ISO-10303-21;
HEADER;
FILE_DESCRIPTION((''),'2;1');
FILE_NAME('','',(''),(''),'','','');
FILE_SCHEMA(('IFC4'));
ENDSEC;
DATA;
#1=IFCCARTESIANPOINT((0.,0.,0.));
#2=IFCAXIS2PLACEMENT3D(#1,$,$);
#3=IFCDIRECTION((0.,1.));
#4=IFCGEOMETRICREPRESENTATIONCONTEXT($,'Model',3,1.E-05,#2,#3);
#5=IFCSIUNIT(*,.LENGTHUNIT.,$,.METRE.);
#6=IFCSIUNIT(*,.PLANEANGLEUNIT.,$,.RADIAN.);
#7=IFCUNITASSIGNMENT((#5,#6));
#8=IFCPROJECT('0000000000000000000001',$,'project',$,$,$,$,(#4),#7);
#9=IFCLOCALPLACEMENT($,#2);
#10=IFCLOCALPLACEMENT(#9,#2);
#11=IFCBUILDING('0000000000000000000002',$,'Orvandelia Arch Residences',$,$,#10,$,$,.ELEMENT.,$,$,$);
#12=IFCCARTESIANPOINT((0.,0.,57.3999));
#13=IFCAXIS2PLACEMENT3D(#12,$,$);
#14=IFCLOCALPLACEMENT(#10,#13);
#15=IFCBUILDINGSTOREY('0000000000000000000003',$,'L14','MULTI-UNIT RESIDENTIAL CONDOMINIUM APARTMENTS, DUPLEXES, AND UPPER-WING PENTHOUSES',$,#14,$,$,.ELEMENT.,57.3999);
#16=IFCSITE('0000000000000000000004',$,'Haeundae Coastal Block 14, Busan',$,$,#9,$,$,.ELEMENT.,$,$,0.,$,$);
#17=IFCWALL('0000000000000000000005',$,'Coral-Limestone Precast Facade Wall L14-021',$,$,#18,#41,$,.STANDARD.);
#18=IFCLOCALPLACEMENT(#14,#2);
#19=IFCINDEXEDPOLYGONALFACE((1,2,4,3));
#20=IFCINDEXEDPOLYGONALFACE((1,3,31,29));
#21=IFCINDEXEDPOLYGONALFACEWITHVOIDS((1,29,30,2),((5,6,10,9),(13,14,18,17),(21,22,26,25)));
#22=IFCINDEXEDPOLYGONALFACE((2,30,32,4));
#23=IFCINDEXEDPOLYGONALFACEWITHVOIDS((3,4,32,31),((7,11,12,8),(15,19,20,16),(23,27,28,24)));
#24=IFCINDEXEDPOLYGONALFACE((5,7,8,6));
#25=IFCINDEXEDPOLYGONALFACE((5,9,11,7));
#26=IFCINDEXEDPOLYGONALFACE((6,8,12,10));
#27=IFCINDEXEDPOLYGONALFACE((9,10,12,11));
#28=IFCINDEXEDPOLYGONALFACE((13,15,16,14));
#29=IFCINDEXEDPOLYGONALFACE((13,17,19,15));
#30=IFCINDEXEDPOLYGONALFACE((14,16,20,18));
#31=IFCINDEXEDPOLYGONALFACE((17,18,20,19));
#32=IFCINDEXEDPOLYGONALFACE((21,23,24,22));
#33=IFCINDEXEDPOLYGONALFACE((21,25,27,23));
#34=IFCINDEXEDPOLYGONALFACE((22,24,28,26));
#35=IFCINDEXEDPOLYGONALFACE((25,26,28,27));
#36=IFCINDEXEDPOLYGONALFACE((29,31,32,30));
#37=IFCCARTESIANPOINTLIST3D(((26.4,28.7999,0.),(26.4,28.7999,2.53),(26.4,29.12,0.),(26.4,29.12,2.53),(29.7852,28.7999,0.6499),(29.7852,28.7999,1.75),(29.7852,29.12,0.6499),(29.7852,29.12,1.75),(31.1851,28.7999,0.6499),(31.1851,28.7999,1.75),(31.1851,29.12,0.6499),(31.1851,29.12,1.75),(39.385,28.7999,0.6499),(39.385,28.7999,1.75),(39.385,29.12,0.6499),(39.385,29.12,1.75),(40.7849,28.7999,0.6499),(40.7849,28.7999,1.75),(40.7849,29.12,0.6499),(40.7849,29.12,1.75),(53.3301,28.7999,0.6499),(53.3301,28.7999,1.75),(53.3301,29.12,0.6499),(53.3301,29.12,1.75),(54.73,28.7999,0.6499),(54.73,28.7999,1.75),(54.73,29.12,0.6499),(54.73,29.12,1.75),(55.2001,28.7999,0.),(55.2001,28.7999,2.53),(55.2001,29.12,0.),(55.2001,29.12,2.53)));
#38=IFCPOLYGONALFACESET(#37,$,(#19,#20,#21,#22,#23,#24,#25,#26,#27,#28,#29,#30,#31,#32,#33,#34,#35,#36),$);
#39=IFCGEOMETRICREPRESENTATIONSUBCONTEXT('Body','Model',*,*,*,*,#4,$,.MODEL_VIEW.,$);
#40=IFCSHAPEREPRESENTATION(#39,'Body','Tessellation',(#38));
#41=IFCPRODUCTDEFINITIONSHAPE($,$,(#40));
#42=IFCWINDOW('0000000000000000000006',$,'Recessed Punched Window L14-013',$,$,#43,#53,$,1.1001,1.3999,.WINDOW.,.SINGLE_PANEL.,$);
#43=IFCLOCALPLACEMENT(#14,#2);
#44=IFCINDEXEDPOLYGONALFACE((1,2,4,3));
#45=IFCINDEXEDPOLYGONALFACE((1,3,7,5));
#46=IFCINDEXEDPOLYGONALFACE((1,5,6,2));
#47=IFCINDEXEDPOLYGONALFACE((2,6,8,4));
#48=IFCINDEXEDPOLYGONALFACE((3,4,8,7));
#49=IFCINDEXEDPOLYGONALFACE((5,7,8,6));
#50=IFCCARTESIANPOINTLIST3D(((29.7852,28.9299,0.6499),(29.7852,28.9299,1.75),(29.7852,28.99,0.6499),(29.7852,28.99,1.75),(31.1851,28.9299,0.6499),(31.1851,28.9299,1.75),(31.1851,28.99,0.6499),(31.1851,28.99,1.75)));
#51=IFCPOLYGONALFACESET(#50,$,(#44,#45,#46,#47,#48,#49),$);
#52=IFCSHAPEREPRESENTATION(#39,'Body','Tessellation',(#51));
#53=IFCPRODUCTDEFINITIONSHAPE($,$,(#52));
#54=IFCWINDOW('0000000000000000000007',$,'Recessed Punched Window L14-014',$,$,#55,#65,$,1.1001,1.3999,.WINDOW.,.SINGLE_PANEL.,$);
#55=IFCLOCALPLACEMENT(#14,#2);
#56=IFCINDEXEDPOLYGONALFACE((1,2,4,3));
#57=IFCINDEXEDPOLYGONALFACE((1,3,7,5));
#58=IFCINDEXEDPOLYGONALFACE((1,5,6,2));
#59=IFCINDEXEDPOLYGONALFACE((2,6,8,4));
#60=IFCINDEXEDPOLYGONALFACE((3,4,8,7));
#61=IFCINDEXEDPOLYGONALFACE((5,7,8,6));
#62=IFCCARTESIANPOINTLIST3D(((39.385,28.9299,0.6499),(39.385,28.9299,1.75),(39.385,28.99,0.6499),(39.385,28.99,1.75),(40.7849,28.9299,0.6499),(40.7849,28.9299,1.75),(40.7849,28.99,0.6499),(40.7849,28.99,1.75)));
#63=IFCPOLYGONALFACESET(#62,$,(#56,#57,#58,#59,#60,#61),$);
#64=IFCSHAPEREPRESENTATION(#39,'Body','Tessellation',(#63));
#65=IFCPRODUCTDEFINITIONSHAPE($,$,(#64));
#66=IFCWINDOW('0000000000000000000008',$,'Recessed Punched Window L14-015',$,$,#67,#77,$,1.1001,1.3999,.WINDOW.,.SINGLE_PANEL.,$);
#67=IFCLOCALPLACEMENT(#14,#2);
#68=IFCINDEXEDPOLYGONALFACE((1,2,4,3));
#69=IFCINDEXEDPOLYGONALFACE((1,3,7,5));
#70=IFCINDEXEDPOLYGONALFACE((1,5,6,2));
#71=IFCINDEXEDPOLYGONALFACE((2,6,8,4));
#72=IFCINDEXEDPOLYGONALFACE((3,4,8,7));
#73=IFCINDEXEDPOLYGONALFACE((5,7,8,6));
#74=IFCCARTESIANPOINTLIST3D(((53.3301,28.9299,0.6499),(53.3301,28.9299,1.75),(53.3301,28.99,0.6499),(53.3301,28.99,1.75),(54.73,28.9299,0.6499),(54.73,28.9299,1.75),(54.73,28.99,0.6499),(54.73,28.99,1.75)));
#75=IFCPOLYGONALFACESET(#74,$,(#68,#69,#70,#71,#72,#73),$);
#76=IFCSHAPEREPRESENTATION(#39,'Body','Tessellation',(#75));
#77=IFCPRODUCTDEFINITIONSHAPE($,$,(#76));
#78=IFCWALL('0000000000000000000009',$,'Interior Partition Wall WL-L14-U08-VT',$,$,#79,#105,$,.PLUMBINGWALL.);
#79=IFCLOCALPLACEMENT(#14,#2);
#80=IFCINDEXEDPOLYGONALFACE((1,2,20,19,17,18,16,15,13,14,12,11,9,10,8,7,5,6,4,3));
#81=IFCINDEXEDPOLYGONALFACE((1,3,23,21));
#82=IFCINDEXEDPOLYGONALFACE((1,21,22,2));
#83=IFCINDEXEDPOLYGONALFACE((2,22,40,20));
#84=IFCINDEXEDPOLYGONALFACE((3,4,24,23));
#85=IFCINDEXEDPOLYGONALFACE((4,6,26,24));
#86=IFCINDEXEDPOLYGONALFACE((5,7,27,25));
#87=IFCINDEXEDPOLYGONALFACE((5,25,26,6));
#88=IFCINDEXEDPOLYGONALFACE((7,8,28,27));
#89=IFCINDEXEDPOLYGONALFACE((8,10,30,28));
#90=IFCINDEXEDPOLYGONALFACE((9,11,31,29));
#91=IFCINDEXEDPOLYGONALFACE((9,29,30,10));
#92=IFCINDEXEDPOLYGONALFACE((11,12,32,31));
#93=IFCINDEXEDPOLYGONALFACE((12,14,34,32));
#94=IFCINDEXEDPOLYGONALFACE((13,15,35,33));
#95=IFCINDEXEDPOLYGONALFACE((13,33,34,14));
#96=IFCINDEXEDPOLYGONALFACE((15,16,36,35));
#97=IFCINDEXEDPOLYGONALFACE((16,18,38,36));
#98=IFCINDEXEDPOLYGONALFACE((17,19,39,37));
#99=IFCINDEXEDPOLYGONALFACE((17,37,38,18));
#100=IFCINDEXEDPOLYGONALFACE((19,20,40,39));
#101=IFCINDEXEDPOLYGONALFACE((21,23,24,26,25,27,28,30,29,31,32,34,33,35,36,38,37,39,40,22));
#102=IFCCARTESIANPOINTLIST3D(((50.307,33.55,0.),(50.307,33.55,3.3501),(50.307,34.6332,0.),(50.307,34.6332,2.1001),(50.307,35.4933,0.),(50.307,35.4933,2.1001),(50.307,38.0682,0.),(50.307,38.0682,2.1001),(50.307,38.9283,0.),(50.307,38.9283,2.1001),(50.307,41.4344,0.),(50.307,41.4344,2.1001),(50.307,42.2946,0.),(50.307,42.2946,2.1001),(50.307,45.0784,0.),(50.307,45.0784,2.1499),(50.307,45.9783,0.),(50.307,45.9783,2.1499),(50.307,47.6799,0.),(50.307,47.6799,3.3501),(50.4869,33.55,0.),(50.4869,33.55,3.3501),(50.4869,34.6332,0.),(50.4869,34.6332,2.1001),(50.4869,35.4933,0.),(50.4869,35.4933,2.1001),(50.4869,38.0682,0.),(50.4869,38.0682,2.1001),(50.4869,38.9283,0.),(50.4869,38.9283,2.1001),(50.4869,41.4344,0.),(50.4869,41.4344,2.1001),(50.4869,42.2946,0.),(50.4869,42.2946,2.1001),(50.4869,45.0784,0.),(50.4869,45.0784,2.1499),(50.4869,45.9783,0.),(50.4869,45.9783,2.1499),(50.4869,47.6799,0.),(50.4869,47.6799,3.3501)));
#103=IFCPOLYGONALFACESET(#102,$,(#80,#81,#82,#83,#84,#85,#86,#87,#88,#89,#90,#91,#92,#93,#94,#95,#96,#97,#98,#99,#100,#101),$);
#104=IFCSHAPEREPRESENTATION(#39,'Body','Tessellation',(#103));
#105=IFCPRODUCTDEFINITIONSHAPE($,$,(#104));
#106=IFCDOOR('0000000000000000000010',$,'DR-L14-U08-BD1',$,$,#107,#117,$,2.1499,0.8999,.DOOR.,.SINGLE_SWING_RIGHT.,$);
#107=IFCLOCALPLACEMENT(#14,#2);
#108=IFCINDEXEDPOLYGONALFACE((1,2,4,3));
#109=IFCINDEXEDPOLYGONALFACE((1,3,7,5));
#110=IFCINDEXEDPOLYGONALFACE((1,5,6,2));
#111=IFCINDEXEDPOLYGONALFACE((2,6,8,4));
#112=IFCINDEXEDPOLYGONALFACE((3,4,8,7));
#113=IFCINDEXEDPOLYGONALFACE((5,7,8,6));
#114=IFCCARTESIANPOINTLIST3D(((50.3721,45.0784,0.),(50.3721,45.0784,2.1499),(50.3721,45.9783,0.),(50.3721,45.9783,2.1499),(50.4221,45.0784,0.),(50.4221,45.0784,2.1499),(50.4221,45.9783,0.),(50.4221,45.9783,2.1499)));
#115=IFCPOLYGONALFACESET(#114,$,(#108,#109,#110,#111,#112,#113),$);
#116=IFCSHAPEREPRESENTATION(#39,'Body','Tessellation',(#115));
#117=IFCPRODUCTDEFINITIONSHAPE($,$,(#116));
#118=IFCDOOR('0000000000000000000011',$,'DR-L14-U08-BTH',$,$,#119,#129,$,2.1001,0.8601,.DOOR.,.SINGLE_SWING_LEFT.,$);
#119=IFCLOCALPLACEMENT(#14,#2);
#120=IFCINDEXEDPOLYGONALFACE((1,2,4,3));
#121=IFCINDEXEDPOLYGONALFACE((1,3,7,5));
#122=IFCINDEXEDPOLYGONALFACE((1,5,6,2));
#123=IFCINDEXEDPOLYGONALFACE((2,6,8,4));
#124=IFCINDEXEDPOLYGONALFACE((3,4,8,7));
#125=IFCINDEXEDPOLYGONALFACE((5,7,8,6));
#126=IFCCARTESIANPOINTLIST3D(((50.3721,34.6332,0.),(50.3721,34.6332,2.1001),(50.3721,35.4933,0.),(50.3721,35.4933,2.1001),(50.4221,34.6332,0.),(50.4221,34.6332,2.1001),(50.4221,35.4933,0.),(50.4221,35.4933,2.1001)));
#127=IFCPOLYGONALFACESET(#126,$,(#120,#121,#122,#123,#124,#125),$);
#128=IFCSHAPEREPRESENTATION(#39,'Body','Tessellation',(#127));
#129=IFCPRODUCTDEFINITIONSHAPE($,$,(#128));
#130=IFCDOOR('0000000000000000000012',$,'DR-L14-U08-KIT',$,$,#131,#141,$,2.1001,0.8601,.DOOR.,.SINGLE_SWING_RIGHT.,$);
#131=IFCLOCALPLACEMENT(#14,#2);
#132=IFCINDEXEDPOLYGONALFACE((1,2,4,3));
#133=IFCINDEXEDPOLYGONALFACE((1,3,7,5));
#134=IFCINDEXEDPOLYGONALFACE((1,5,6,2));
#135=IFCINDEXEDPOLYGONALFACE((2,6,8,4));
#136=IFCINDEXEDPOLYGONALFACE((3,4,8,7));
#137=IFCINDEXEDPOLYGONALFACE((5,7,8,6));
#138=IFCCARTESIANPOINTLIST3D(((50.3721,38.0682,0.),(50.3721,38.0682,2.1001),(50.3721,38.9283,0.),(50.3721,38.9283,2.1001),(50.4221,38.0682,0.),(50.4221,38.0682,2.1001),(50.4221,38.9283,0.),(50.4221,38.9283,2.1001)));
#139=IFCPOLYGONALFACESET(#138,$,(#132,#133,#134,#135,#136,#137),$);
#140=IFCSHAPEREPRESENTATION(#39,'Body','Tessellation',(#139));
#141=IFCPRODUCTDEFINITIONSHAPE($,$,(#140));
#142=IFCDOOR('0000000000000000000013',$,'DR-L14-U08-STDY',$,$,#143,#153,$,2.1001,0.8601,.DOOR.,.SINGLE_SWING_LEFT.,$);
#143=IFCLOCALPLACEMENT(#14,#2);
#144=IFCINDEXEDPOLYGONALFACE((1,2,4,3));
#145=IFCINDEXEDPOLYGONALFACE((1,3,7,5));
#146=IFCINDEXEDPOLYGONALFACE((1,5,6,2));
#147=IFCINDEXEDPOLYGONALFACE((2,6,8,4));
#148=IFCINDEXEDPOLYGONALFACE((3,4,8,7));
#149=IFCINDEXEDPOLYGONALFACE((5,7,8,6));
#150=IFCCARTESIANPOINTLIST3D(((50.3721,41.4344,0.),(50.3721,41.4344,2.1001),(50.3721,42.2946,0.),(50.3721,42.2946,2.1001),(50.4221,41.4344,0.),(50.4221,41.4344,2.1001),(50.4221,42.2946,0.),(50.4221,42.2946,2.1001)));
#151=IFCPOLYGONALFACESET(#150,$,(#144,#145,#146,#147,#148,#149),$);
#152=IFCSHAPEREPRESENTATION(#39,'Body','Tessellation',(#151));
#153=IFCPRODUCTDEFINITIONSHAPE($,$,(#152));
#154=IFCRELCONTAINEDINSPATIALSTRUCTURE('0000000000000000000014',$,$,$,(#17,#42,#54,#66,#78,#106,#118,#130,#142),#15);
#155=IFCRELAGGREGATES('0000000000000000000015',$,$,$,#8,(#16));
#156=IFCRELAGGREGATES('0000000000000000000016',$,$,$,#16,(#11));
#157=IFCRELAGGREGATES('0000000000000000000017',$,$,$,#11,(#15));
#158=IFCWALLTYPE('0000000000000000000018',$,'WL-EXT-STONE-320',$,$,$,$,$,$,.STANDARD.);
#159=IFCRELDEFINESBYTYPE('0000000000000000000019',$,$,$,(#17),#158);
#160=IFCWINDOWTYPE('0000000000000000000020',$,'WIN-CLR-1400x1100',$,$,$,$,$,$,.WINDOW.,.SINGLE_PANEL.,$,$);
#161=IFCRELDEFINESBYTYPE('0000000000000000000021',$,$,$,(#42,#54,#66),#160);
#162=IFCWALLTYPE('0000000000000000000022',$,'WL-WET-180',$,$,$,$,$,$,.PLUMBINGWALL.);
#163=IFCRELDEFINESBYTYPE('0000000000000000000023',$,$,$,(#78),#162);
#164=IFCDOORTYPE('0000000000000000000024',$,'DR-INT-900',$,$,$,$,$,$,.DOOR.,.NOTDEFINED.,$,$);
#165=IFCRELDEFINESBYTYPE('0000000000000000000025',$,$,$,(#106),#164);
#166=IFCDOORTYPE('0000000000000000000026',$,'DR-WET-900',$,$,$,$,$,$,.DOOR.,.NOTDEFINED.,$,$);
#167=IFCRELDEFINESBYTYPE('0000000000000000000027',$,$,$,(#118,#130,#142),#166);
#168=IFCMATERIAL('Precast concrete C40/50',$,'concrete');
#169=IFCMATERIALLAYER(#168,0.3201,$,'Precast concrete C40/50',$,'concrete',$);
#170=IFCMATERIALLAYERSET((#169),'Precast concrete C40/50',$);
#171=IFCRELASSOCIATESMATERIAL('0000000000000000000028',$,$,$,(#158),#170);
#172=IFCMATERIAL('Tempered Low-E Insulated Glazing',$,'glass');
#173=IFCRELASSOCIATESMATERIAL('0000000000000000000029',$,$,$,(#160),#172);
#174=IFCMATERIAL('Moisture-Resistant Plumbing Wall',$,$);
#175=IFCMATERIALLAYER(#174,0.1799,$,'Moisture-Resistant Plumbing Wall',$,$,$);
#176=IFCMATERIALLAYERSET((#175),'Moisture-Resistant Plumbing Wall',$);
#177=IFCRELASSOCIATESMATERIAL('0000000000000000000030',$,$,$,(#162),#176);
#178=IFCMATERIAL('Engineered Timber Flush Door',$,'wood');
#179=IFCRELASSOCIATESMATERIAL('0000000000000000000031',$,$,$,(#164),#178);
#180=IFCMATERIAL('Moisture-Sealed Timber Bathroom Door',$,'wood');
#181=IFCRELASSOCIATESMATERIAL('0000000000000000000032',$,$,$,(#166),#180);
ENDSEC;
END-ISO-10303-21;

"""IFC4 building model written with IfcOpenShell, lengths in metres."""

from ifc_helpers import new_model, si_unit, direction, frame, frame_2d, origin, place, context, subcontext, project, spatial, rectangle, extrude, material, layer, layer_set, type_object, element, fill, save


model = new_model("IFC4")

# Units and contexts
model_context = context("Model", 3, precision=1e-05, world=origin(), true_north=direction((0.0, 1.0)))
body_context = subcontext(model_context, "Body", "Model", "MODEL_VIEW")
ifc_project = project(units=[si_unit("LENGTHUNIT", "METRE"), si_unit("PLANEANGLEUNIT", "RADIAN")], contexts=[model_context])

# Site, building, storey
site_placement = place(None, origin())
site = spatial("IfcSite", under=ifc_project, at=site_placement, Name="Haeundae Coastal Block 14, Busan", CompositionType="ELEMENT", RefElevation=0.0)
building_placement = place(site_placement, origin())
building = spatial("IfcBuilding", under=site, at=building_placement, Name="Orvandelia Arch Residences", CompositionType="ELEMENT")
storey_placement = place(building_placement, frame((0.0, 0.0, 57.3999)))
storey = spatial("IfcBuildingStorey", under=building, at=storey_placement, Name="L14", Description="MULTI-UNIT RESIDENTIAL CONDOMINIUM APARTMENTS, DUPLEXES, AND UPPER-WING PENTHOUSES", CompositionType="ELEMENT", Elevation=57.3999)

# Shared definitions
ifc_material_1 = material(Name="Precast concrete C40/50", Category="concrete")
ifc_layer_1 = layer(ifc_material_1, 0.3201, Name="Precast concrete C40/50", Category="concrete")
ifc_layer_set_1 = layer_set([ifc_layer_1], Name="Precast concrete C40/50")
wall_type_1 = type_object("IfcWallType", Name="WL-EXT-STONE-320", PredefinedType="STANDARD", material=ifc_layer_set_1)

# Wall, openings, windows
wall_1_placement = place(storey_placement, frame((55.2, 28.96, 0.0), z_axis=(0.0, 0.0, 1.0), x_axis=(-1.0, 0.0, 0.0)))
wall_1 = element("IfcWall", 1, at=wall_1_placement, inside=storey, type_object=wall_type_1, Name="Coral-Limestone Precast Facade Wall L14-021", PredefinedType="STANDARD", context=body_context, shape_type="SweptSolid", body=[
    extrude(rectangle(XDim=28.8, YDim=0.3201, at=frame_2d((14.3999, 0.0))), origin(), (0.0, 0.0, 1.0), 2.53),
])
opening_1_placement = place(wall_1_placement, frame((24.0149, 0.0, 0.6499)))
opening_1 = element("IfcOpeningElement", 2, at=opening_1_placement, cuts=wall_1, PredefinedType="OPENING", context=body_context, shape_type="SweptSolid", body=[
    extrude(rectangle(XDim=1.3999, YDim=1.1001, at=frame_2d((0.7, 0.55))), frame((0.0, 0.1699, 0.0), z_axis=(0.0, -1.0, 0.0), x_axis=(1.0, 0.0, 0.0)), (0.0, 0.0, 1.0), 0.3401),
])
opening_2_placement = place(wall_1_placement, frame((14.415, 0.0, 0.6499)))
opening_2 = element("IfcOpeningElement", 3, at=opening_2_placement, cuts=wall_1, PredefinedType="OPENING", context=body_context, shape_type="SweptSolid", body=[
    extrude(rectangle(XDim=1.3999, YDim=1.1001, at=frame_2d((0.7, 0.55))), frame((0.0, 0.1699, 0.0), z_axis=(0.0, -1.0, 0.0), x_axis=(1.0, 0.0, 0.0)), (0.0, 0.0, 1.0), 0.3401),
])
opening_3_placement = place(wall_1_placement, frame((0.47, 0.0, 0.6499)))
opening_3 = element("IfcOpeningElement", 4, at=opening_3_placement, cuts=wall_1, PredefinedType="OPENING", context=body_context, shape_type="SweptSolid", body=[
    extrude(rectangle(XDim=1.3999, YDim=1.1001, at=frame_2d((0.7, 0.55))), frame((0.0, 0.1699, 0.0), z_axis=(0.0, -1.0, 0.0), x_axis=(1.0, 0.0, 0.0)), (0.0, 0.0, 1.0), 0.3401),
])
ifc_material_2 = material(Name="Tempered Low-E Insulated Glazing", Category="glass")
window_type = type_object("IfcWindowType", Name="WIN-CLR-1400x1100", PartitioningType="SINGLE_PANEL", PredefinedType="WINDOW", material=ifc_material_2)
window_1_placement = place(opening_1_placement, origin())
window_1 = element("IfcWindow", 5, at=window_1_placement, inside=storey, type_object=window_type, Name="Recessed Punched Window L14-013", OverallHeight=1.1001, OverallWidth=1.3999, PartitioningType="SINGLE_PANEL", PredefinedType="WINDOW", context=body_context, shape_type="SweptSolid", body=[
    extrude(rectangle(XDim=1.3999, YDim=1.1001, at=frame_2d((0.7, 0.55))), frame((0.0, 0.03, 0.0), z_axis=(0.0, -1.0, 0.0), x_axis=(1.0, 0.0, 0.0)), (0.0, 0.0, 1.0), 0.0601),
])
fill(opening_1, window_1)
window_2_placement = place(opening_2_placement, origin())
window_2 = element("IfcWindow", 6, at=window_2_placement, inside=storey, type_object=window_type, Name="Recessed Punched Window L14-014", OverallHeight=1.1001, OverallWidth=1.3999, PartitioningType="SINGLE_PANEL", PredefinedType="WINDOW", context=body_context, shape_type="SweptSolid", body=[
    extrude(rectangle(XDim=1.3999, YDim=1.1001, at=frame_2d((0.7, 0.55))), frame((0.0, 0.03, 0.0), z_axis=(0.0, -1.0, 0.0), x_axis=(1.0, 0.0, 0.0)), (0.0, 0.0, 1.0), 0.0601),
])
fill(opening_2, window_2)
window_3_placement = place(opening_3_placement, origin())
window_3 = element("IfcWindow", 7, at=window_3_placement, inside=storey, type_object=window_type, Name="Recessed Punched Window L14-015", OverallHeight=1.1001, OverallWidth=1.3999, PartitioningType="SINGLE_PANEL", PredefinedType="WINDOW", context=body_context, shape_type="SweptSolid", body=[
    extrude(rectangle(XDim=1.3999, YDim=1.1001, at=frame_2d((0.7, 0.55))), frame((0.0, 0.03, 0.0), z_axis=(0.0, -1.0, 0.0), x_axis=(1.0, 0.0, 0.0)), (0.0, 0.0, 1.0), 0.0601),
])
fill(opening_3, window_3)

# Wall, openings, doors
ifc_material_3 = material(Name="Moisture-Resistant Plumbing Wall")
ifc_layer_2 = layer(ifc_material_3, 0.1799, Name="Moisture-Resistant Plumbing Wall")
ifc_layer_set_2 = layer_set([ifc_layer_2], Name="Moisture-Resistant Plumbing Wall")
wall_type_2 = type_object("IfcWallType", Name="WL-WET-180", PredefinedType="PLUMBINGWALL", material=ifc_layer_set_2)
wall_2_placement = place(storey_placement, frame((50.397, 33.55, 0.0), z_axis=(0.0, 0.0, 1.0), x_axis=(0.0, 1.0, 0.0)))
wall_2 = element("IfcWall", 8, at=wall_2_placement, inside=storey, type_object=wall_type_2, Name="Interior Partition Wall WL-L14-U08-VT", PredefinedType="PLUMBINGWALL", context=body_context, shape_type="SweptSolid", body=[
    extrude(rectangle(XDim=14.1299, YDim=0.1799, at=frame_2d((7.0649, 0.0))), origin(), (0.0, 0.0, 1.0), 3.3501),
])
opening_4_placement = place(wall_2_placement, frame((1.083, 0.0, 0.0)))
opening_4 = element("IfcOpeningElement", 9, at=opening_4_placement, cuts=wall_2, PredefinedType="OPENING", context=body_context, shape_type="SweptSolid", body=[
    extrude(rectangle(XDim=0.8601, YDim=2.1001, at=frame_2d((0.4302, 1.05))), frame((0.0, 0.1001, 0.0), z_axis=(0.0, -1.0, 0.0), x_axis=(1.0, 0.0, 0.0)), (0.0, 0.0, 1.0), 0.2),
])
opening_5_placement = place(wall_2_placement, frame((4.5181, 0.0, 0.0)))
opening_5 = element("IfcOpeningElement", 10, at=opening_5_placement, cuts=wall_2, PredefinedType="OPENING", context=body_context, shape_type="SweptSolid", body=[
    extrude(rectangle(XDim=0.8601, YDim=2.1001, at=frame_2d((0.4302, 1.05))), frame((0.0, 0.1001, 0.0), z_axis=(0.0, -1.0, 0.0), x_axis=(1.0, 0.0, 0.0)), (0.0, 0.0, 1.0), 0.2),
])
opening_6_placement = place(wall_2_placement, frame((7.8843, 0.0, 0.0)))
opening_6 = element("IfcOpeningElement", 11, at=opening_6_placement, cuts=wall_2, PredefinedType="OPENING", context=body_context, shape_type="SweptSolid", body=[
    extrude(rectangle(XDim=0.8601, YDim=2.1001, at=frame_2d((0.4302, 1.05))), frame((0.0, 0.1001, 0.0), z_axis=(0.0, -1.0, 0.0), x_axis=(1.0, 0.0, 0.0)), (0.0, 0.0, 1.0), 0.2),
])
opening_7_placement = place(wall_2_placement, frame((11.5283, 0.0, 0.0)))
opening_7 = element("IfcOpeningElement", 12, at=opening_7_placement, cuts=wall_2, PredefinedType="OPENING", context=body_context, shape_type="SweptSolid", body=[
    extrude(rectangle(XDim=0.8999, YDim=2.1499, at=frame_2d((0.45, 1.075))), frame((0.0, 0.1001, 0.0), z_axis=(0.0, -1.0, 0.0), x_axis=(1.0, 0.0, 0.0)), (0.0, 0.0, 1.0), 0.2),
])
ifc_material_4 = material(Name="Engineered Timber Flush Door", Category="wood")
door_type_1 = type_object("IfcDoorType", Name="DR-INT-900", OperationType="NOTDEFINED", PredefinedType="DOOR", material=ifc_material_4)
door_1_placement = place(opening_7_placement, origin())
door_1 = element("IfcDoor", 13, at=door_1_placement, inside=storey, type_object=door_type_1, Name="DR-L14-U08-BD1", OperationType="SINGLE_SWING_RIGHT", OverallHeight=2.1499, OverallWidth=0.8999, PredefinedType="DOOR", context=body_context, shape_type="SweptSolid", body=[
    extrude(rectangle(XDim=0.8999, YDim=2.1499, at=frame_2d((0.45, 1.075))), frame((0.0, 0.0249, 0.0), z_axis=(0.0, -1.0, 0.0), x_axis=(1.0, 0.0, 0.0)), (0.0, 0.0, 1.0), 0.05),
])
fill(opening_7, door_1)
ifc_material_5 = material(Name="Moisture-Sealed Timber Bathroom Door", Category="wood")
door_type_2 = type_object("IfcDoorType", Name="DR-WET-900", OperationType="NOTDEFINED", PredefinedType="DOOR", material=ifc_material_5)
door_2_placement = place(opening_4_placement, origin())
door_2 = element("IfcDoor", 14, at=door_2_placement, inside=storey, type_object=door_type_2, Name="DR-L14-U08-BTH", OperationType="SINGLE_SWING_LEFT", OverallHeight=2.1001, OverallWidth=0.8601, PredefinedType="DOOR", context=body_context, shape_type="SweptSolid", body=[
    extrude(rectangle(XDim=0.8601, YDim=2.1001, at=frame_2d((0.4302, 1.05))), frame((0.0, 0.0249, 0.0), z_axis=(0.0, -1.0, 0.0), x_axis=(1.0, 0.0, 0.0)), (0.0, 0.0, 1.0), 0.05),
])
fill(opening_4, door_2)
door_3_placement = place(opening_5_placement, origin())
door_3 = element("IfcDoor", 15, at=door_3_placement, inside=storey, type_object=door_type_2, Name="DR-L14-U08-KIT", OperationType="SINGLE_SWING_RIGHT", OverallHeight=2.1001, OverallWidth=0.8601, PredefinedType="DOOR", context=body_context, shape_type="SweptSolid", body=[
    extrude(rectangle(XDim=0.8601, YDim=2.1001, at=frame_2d((0.4302, 1.05))), frame((0.0, 0.0249, 0.0), z_axis=(0.0, -1.0, 0.0), x_axis=(1.0, 0.0, 0.0)), (0.0, 0.0, 1.0), 0.05),
])
fill(opening_5, door_3)
door_4_placement = place(opening_6_placement, origin())
door_4 = element("IfcDoor", 16, at=door_4_placement, inside=storey, type_object=door_type_2, Name="DR-L14-U08-STDY", OperationType="SINGLE_SWING_LEFT", OverallHeight=2.1001, OverallWidth=0.8601, PredefinedType="DOOR", context=body_context, shape_type="SweptSolid", body=[
    extrude(rectangle(XDim=0.8601, YDim=2.1001, at=frame_2d((0.4302, 1.05))), frame((0.0, 0.0249, 0.0), z_axis=(0.0, -1.0, 0.0), x_axis=(1.0, 0.0, 0.0)), (0.0, 0.0, 1.0), 0.05),
])
fill(opening_6, door_4)

save(model, "model.ifc")
